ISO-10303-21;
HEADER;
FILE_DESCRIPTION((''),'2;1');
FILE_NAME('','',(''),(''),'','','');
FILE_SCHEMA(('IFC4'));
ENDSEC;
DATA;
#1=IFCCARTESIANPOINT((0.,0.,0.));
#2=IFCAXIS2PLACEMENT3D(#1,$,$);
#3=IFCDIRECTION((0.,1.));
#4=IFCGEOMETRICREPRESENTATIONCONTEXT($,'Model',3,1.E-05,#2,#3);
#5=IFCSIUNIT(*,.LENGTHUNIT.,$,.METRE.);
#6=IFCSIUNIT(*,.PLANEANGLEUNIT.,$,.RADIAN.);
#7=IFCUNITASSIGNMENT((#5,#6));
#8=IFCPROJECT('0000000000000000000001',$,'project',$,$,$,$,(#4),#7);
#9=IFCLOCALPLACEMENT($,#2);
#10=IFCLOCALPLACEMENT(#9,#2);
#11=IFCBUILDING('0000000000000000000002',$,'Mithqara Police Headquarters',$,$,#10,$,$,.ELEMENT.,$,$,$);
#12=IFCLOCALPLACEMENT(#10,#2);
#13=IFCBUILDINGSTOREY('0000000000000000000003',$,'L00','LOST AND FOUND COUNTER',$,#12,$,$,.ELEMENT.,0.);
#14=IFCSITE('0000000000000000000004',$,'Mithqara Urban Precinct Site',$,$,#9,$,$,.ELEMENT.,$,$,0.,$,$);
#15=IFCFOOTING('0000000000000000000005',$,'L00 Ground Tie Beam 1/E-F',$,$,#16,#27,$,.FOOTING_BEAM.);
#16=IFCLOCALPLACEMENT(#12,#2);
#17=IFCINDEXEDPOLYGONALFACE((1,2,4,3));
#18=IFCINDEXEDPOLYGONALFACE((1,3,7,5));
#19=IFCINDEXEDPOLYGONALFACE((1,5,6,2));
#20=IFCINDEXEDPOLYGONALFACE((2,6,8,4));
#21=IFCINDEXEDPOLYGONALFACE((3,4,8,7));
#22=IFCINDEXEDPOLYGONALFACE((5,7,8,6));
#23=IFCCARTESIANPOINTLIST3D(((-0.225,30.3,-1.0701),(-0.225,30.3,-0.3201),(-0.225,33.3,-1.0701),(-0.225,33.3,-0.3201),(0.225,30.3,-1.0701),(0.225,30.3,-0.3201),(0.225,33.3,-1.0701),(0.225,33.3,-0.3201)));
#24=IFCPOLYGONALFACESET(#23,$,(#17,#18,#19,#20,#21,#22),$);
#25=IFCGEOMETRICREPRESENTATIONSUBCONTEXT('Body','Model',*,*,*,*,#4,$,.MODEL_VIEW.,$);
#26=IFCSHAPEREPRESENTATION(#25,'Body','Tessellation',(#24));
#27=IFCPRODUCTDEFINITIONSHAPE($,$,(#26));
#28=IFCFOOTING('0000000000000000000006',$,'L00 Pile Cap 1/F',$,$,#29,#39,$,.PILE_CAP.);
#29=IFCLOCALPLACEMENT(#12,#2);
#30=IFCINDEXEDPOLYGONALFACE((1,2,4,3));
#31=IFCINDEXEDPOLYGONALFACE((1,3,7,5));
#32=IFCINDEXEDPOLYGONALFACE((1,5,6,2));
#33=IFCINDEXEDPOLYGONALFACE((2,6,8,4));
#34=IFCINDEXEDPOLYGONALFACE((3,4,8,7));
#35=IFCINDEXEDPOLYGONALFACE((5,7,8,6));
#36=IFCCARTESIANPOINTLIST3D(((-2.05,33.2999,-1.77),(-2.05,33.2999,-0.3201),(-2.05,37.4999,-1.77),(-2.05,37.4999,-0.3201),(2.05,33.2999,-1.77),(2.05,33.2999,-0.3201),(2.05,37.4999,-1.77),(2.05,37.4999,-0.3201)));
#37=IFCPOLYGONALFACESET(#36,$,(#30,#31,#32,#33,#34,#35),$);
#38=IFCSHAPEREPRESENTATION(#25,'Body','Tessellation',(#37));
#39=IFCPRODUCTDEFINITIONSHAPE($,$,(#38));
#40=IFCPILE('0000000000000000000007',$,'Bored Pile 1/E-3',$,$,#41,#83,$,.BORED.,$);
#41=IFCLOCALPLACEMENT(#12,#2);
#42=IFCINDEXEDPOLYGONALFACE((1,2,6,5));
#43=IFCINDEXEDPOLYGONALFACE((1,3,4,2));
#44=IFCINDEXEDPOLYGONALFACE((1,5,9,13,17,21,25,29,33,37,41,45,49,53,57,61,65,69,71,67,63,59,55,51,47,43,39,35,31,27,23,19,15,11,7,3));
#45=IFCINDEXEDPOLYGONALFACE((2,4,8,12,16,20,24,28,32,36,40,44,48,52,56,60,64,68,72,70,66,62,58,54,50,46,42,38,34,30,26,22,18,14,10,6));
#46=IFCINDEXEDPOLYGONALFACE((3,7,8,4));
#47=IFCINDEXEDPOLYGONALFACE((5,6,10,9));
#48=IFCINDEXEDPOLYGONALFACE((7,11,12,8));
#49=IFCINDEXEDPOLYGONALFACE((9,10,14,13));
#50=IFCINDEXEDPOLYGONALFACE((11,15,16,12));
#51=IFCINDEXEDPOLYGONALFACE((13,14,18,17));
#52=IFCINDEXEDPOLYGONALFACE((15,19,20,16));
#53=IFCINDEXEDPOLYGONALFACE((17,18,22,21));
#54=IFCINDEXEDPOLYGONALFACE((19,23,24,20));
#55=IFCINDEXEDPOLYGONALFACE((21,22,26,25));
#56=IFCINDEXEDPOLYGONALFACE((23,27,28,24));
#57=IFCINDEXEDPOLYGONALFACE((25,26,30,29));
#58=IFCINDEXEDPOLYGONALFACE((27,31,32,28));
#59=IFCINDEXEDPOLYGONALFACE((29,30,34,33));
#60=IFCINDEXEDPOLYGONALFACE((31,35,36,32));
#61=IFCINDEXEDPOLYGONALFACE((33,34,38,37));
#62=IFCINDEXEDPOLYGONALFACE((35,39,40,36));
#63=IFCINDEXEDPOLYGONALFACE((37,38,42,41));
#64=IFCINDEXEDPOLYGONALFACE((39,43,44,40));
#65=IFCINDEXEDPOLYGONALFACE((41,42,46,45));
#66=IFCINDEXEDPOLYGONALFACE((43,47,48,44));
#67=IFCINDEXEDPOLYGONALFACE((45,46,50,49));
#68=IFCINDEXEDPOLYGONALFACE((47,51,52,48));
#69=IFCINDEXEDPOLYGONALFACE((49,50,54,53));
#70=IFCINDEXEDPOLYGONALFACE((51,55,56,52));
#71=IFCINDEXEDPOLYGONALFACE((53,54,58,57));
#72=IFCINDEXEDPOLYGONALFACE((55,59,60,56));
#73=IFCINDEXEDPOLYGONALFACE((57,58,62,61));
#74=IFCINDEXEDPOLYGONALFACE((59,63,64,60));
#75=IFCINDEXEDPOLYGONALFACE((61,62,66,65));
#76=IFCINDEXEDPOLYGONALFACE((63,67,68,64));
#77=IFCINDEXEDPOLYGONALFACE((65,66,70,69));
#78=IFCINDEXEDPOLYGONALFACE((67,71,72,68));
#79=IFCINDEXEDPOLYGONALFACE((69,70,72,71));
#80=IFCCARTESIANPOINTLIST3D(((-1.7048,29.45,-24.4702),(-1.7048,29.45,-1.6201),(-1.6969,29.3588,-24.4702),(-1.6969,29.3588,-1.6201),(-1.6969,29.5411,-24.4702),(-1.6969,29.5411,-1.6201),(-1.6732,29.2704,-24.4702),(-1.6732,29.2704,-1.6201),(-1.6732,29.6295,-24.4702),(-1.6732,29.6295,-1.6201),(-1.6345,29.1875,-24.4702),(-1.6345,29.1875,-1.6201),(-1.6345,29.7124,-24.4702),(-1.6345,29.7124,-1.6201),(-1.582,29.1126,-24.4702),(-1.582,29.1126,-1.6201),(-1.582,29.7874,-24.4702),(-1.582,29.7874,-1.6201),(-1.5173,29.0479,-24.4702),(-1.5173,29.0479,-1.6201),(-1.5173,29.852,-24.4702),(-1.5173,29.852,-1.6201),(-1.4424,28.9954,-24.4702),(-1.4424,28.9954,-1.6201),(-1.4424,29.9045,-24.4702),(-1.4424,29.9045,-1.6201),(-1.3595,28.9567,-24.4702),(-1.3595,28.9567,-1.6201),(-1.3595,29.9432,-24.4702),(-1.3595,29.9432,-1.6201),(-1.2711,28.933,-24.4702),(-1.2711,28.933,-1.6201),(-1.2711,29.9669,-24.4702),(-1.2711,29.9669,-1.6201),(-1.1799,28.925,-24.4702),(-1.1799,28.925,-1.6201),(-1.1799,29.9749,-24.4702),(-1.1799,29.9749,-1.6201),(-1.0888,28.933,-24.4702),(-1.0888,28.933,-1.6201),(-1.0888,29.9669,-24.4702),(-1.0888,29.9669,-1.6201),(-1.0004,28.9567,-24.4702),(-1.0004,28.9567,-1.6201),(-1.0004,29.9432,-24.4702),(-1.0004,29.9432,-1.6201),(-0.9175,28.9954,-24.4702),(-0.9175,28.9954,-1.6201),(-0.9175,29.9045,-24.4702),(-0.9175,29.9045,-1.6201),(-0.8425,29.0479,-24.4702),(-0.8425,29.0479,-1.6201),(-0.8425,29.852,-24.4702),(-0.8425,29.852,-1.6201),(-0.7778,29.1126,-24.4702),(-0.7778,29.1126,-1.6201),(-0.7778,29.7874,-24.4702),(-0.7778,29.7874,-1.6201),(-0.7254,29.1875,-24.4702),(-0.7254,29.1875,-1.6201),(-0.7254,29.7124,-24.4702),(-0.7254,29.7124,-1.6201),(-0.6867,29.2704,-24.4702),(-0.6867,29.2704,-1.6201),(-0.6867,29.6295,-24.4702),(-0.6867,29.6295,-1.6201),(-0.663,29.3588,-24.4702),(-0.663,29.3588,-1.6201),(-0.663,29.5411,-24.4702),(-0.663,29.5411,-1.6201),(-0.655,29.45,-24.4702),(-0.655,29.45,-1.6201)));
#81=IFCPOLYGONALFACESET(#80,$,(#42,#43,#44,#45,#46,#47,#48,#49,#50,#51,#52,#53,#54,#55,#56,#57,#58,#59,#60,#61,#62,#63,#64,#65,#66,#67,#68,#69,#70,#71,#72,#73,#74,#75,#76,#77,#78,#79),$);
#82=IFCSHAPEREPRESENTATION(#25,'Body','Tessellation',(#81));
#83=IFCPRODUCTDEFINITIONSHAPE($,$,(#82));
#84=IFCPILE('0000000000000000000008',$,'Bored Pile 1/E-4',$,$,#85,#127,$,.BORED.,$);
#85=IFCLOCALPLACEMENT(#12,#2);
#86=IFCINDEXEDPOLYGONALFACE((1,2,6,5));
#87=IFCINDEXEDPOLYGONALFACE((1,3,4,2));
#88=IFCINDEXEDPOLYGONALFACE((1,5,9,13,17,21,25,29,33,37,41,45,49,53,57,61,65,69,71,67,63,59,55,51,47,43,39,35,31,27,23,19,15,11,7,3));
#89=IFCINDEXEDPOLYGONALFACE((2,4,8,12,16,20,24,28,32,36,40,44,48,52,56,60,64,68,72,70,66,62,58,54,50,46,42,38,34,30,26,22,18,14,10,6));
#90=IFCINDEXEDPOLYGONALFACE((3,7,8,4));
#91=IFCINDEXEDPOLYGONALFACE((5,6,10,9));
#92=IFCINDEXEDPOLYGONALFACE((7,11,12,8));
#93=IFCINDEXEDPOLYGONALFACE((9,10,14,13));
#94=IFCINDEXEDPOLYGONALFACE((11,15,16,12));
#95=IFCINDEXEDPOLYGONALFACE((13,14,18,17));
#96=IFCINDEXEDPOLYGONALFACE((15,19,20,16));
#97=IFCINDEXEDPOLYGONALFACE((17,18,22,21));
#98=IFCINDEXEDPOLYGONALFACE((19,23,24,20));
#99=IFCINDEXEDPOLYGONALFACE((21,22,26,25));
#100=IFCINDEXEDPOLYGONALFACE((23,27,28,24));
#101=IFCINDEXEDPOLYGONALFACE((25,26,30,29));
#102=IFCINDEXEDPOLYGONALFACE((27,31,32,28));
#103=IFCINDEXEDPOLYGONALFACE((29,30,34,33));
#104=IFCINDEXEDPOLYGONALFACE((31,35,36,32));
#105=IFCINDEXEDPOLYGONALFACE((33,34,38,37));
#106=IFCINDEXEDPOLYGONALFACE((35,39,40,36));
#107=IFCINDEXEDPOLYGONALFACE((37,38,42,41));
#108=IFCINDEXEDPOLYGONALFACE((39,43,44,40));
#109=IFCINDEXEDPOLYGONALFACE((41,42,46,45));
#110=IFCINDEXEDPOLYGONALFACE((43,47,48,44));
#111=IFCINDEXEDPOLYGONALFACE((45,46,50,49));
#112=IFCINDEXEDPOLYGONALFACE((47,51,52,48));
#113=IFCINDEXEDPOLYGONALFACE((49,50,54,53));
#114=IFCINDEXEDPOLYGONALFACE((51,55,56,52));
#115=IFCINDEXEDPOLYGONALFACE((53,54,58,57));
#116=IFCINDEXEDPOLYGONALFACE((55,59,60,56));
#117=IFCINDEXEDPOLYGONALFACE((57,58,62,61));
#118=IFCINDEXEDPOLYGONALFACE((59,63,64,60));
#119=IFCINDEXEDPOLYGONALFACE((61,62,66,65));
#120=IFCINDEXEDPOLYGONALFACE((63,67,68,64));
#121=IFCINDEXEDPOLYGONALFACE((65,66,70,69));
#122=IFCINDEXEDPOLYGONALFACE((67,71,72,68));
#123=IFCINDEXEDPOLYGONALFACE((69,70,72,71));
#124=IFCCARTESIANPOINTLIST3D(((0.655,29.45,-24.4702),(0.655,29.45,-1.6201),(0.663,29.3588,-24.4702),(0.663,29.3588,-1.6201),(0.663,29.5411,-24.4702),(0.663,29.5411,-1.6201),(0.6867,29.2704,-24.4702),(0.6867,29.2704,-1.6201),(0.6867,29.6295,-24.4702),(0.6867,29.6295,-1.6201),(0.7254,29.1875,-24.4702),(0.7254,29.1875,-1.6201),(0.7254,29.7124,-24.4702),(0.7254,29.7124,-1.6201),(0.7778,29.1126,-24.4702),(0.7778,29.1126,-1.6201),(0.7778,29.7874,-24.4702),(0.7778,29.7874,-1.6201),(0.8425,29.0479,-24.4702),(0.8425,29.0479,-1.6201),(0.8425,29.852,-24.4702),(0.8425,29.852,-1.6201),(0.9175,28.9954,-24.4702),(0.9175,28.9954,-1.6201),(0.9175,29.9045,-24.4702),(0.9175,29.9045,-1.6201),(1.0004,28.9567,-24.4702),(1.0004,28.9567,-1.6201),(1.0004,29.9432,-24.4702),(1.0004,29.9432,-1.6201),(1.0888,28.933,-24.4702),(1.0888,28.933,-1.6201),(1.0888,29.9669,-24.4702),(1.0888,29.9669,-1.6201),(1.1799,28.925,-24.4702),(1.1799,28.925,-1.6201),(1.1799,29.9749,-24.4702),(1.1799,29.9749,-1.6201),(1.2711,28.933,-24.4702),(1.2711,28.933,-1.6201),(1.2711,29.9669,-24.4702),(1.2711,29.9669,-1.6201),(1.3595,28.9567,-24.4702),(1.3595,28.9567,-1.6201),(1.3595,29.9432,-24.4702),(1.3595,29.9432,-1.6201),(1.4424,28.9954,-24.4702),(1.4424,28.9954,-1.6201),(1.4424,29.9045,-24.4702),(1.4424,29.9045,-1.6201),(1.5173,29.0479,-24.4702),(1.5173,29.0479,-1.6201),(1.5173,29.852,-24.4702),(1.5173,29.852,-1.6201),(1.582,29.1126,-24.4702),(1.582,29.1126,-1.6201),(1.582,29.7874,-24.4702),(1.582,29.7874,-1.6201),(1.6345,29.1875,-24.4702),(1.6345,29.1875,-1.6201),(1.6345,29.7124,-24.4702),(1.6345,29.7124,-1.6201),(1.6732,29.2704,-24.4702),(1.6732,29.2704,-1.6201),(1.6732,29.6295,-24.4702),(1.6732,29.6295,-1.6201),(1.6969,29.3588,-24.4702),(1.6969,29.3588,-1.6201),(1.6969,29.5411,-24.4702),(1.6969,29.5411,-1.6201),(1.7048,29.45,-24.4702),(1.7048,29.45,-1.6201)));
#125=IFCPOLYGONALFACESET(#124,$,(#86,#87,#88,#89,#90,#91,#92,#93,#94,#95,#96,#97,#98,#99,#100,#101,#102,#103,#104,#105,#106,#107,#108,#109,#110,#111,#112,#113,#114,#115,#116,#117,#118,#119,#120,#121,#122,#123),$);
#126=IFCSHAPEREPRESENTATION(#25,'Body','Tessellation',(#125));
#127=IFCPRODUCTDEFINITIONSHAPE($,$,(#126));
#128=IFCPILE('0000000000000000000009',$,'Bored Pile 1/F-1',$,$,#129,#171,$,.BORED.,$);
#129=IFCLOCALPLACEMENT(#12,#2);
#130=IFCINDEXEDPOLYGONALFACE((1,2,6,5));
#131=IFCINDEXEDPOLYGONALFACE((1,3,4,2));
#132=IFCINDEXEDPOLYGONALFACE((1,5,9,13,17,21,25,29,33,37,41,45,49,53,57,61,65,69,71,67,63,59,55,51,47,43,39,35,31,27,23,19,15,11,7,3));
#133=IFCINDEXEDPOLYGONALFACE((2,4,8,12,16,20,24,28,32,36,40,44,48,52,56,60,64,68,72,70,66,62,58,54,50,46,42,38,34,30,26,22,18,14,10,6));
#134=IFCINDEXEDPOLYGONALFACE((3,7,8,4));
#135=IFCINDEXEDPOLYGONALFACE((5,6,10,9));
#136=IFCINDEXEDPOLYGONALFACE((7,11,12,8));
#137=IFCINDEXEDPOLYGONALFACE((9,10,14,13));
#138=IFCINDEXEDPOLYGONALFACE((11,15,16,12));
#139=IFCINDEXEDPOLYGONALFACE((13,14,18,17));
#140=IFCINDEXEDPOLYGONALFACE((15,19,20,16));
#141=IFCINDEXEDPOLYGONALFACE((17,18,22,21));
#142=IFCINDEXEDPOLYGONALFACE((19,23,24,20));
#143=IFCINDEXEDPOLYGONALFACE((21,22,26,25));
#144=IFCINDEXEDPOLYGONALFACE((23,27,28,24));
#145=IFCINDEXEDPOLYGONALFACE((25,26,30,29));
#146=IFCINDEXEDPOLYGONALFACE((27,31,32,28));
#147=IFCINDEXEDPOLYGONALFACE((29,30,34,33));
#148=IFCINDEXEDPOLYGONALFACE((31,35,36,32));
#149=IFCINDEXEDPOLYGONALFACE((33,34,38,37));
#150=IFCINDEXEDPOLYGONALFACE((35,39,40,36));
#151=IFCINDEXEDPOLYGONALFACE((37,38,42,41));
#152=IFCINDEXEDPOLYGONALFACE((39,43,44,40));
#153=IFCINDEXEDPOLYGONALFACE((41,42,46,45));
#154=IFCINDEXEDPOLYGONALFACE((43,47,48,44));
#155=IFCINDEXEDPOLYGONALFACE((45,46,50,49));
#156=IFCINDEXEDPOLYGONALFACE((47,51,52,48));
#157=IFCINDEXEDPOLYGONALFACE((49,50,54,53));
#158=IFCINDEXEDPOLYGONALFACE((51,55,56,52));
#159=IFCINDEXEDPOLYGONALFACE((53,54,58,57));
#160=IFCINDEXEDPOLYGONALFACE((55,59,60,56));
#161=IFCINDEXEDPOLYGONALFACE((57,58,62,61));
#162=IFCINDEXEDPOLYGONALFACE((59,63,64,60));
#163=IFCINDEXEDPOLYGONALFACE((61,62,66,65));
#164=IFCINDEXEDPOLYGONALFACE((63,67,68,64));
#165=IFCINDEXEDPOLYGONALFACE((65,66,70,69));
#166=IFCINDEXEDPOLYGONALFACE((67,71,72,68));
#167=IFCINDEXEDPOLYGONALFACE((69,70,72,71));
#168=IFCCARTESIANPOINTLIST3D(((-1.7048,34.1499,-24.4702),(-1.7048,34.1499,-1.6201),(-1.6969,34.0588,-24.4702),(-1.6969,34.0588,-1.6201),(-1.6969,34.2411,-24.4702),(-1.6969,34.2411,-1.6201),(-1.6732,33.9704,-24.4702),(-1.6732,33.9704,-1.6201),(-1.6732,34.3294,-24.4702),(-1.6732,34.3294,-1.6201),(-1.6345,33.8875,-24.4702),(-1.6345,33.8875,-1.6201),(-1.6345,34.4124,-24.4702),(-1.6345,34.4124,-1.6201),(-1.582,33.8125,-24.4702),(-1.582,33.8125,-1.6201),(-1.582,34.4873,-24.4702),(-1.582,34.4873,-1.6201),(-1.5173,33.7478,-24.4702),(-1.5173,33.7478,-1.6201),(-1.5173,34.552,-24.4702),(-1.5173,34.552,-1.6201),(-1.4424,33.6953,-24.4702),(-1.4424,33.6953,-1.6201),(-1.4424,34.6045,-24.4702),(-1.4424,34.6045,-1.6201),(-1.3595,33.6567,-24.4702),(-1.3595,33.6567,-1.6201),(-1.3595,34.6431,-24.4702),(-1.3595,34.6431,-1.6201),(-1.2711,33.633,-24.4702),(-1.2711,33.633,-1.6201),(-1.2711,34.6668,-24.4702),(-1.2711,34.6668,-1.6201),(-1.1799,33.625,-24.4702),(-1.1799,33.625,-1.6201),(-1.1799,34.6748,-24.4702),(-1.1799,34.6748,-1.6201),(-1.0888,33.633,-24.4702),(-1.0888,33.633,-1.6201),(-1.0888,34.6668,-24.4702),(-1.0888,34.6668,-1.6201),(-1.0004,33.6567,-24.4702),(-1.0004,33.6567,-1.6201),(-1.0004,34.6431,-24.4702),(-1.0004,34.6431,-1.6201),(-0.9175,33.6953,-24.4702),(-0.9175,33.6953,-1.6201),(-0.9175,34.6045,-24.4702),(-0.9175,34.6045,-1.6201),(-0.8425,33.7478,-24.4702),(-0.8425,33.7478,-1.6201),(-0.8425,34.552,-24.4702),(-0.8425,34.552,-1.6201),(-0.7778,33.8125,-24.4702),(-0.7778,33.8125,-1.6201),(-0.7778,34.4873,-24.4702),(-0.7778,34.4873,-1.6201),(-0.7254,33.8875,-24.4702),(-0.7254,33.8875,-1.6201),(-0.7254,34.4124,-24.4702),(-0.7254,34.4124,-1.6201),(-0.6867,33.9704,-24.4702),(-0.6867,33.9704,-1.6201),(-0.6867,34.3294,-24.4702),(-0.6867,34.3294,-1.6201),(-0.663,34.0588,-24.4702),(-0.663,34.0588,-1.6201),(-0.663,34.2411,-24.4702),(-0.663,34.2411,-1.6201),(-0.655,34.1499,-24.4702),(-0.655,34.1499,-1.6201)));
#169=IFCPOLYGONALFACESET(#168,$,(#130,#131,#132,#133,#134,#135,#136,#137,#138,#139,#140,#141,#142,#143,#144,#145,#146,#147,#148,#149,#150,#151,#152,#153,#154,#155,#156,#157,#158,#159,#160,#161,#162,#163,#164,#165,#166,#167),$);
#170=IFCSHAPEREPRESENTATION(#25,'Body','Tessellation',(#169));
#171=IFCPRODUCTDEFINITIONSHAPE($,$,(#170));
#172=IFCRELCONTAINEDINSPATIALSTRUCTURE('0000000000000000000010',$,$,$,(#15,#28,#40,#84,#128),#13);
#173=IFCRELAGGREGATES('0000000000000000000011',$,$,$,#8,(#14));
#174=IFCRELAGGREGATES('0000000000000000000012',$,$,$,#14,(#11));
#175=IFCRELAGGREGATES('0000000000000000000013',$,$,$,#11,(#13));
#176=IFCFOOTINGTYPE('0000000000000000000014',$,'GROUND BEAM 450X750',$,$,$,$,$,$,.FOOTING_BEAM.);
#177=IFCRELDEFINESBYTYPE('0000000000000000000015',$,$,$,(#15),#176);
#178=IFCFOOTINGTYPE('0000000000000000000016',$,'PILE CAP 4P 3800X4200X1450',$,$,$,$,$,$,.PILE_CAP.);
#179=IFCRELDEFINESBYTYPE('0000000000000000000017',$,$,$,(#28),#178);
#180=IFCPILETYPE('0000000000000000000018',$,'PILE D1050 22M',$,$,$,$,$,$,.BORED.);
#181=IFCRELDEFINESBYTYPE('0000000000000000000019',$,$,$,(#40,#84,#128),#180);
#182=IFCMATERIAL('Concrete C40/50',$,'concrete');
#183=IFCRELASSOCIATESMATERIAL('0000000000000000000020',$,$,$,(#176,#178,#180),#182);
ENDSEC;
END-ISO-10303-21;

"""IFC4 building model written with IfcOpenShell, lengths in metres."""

from ifc_helpers import new_model, si_unit, direction, frame, origin, origin_2d, place, context, subcontext, project, spatial, rectangle, circle, extrude, material, material_profile, profile_set, type_object, element, save


model = new_model("IFC4")

# Units and contexts
model_context = context("Model", 3, precision=1e-05, world=origin(), true_north=direction((0.0, 1.0)))
body_context = subcontext(model_context, "Body", "Model", "MODEL_VIEW")
ifc_project = project(units=[si_unit("LENGTHUNIT", "METRE"), si_unit("PLANEANGLEUNIT", "RADIAN")], contexts=[model_context])

# Site, building, storey
site_placement = place(None, origin())
site = spatial("IfcSite", under=ifc_project, at=site_placement, Name="Mithqara Urban Precinct Site", CompositionType="ELEMENT", RefElevation=0.0)
building_placement = place(site_placement, origin())
building = spatial("IfcBuilding", under=site, at=building_placement, Name="Mithqara Police Headquarters", CompositionType="ELEMENT")
storey_placement = place(building_placement, origin())
storey = spatial("IfcBuildingStorey", under=building, at=storey_placement, Name="L00", Description="LOST AND FOUND COUNTER", CompositionType="ELEMENT", Elevation=0.0)

# Footings
ifc_material_1 = material(Name="Concrete C40/50", Category="concrete")
footing_type_1 = type_object("IfcFootingType", Name="GROUND BEAM 450X750", PredefinedType="FOOTING_BEAM", material=ifc_material_1)
footing_1_placement = place(storey_placement, frame((0.0, 31.8, -1.0701), z_axis=(0.0, 0.0, 1.0), x_axis=(1.0, 0.0, 0.0)))
element("IfcFooting", 1, at=footing_1_placement, inside=storey, type_object=footing_type_1, Name="L00 Ground Tie Beam 1/E-F", PredefinedType="FOOTING_BEAM", context=body_context, shape_type="SweptSolid", body=[
    extrude(rectangle(XDim=0.45, YDim=3.0, at=origin_2d()), origin(), (0.0, 0.0, 1.0), 0.75),
])
footing_type_2 = type_object("IfcFootingType", Name="PILE CAP 4P 3800X4200X1450", PredefinedType="PILE_CAP", material=ifc_material_1)
footing_2_placement = place(storey_placement, frame((0.0, 35.3999, -1.77), z_axis=(0.0, 0.0, 1.0), x_axis=(1.0, 0.0, 0.0)))
element("IfcFooting", 2, at=footing_2_placement, inside=storey, type_object=footing_type_2, Name="L00 Pile Cap 1/F", PredefinedType="PILE_CAP", context=body_context, shape_type="SweptSolid", body=[
    extrude(rectangle(XDim=4.1001, YDim=4.2, at=origin_2d()), origin(), (0.0, 0.0, 1.0), 1.45),
])

# Piles
ifc_material_profile_1 = material_profile(ifc_material_1, circle(Radius=0.5249, at=origin_2d()), Name="PILE D1050")
ifc_profile_set_1 = profile_set([ifc_material_profile_1], Name="Concrete C40/50")
pile_type = type_object("IfcPileType", Name="PILE D1050 22M", PredefinedType="BORED", material=ifc_profile_set_1)
for number, where, z_axis, x_axis, name in (
    (3, (-1.1799, 29.45, -1.6201), (0.0, 0.0, -1.0), (1.0, 0.0, 0.0), "Bored Pile 1/E-3"),
    (4, (1.1799, 29.45, -1.6201), (0.0, 0.0, -1.0), (1.0, 0.0, 0.0), "Bored Pile 1/E-4"),
    (5, (-1.1799, 34.1499, -1.6201), (0.0, 0.0, -1.0), (1.0, 0.0, 0.0), "Bored Pile 1/F-1"),
):
    element("IfcPile", number, at=place(storey_placement, frame(where, z_axis=z_axis, x_axis=x_axis)), inside=storey, type_object=pile_type, Name=name, PredefinedType="BORED", context=body_context, shape_type="SweptSolid", body=[
        extrude(circle(Radius=0.5249, at=origin_2d()), origin(), (0.0, 0.0, 1.0), 22.8501),
    ])

save(model, "model.ifc")
